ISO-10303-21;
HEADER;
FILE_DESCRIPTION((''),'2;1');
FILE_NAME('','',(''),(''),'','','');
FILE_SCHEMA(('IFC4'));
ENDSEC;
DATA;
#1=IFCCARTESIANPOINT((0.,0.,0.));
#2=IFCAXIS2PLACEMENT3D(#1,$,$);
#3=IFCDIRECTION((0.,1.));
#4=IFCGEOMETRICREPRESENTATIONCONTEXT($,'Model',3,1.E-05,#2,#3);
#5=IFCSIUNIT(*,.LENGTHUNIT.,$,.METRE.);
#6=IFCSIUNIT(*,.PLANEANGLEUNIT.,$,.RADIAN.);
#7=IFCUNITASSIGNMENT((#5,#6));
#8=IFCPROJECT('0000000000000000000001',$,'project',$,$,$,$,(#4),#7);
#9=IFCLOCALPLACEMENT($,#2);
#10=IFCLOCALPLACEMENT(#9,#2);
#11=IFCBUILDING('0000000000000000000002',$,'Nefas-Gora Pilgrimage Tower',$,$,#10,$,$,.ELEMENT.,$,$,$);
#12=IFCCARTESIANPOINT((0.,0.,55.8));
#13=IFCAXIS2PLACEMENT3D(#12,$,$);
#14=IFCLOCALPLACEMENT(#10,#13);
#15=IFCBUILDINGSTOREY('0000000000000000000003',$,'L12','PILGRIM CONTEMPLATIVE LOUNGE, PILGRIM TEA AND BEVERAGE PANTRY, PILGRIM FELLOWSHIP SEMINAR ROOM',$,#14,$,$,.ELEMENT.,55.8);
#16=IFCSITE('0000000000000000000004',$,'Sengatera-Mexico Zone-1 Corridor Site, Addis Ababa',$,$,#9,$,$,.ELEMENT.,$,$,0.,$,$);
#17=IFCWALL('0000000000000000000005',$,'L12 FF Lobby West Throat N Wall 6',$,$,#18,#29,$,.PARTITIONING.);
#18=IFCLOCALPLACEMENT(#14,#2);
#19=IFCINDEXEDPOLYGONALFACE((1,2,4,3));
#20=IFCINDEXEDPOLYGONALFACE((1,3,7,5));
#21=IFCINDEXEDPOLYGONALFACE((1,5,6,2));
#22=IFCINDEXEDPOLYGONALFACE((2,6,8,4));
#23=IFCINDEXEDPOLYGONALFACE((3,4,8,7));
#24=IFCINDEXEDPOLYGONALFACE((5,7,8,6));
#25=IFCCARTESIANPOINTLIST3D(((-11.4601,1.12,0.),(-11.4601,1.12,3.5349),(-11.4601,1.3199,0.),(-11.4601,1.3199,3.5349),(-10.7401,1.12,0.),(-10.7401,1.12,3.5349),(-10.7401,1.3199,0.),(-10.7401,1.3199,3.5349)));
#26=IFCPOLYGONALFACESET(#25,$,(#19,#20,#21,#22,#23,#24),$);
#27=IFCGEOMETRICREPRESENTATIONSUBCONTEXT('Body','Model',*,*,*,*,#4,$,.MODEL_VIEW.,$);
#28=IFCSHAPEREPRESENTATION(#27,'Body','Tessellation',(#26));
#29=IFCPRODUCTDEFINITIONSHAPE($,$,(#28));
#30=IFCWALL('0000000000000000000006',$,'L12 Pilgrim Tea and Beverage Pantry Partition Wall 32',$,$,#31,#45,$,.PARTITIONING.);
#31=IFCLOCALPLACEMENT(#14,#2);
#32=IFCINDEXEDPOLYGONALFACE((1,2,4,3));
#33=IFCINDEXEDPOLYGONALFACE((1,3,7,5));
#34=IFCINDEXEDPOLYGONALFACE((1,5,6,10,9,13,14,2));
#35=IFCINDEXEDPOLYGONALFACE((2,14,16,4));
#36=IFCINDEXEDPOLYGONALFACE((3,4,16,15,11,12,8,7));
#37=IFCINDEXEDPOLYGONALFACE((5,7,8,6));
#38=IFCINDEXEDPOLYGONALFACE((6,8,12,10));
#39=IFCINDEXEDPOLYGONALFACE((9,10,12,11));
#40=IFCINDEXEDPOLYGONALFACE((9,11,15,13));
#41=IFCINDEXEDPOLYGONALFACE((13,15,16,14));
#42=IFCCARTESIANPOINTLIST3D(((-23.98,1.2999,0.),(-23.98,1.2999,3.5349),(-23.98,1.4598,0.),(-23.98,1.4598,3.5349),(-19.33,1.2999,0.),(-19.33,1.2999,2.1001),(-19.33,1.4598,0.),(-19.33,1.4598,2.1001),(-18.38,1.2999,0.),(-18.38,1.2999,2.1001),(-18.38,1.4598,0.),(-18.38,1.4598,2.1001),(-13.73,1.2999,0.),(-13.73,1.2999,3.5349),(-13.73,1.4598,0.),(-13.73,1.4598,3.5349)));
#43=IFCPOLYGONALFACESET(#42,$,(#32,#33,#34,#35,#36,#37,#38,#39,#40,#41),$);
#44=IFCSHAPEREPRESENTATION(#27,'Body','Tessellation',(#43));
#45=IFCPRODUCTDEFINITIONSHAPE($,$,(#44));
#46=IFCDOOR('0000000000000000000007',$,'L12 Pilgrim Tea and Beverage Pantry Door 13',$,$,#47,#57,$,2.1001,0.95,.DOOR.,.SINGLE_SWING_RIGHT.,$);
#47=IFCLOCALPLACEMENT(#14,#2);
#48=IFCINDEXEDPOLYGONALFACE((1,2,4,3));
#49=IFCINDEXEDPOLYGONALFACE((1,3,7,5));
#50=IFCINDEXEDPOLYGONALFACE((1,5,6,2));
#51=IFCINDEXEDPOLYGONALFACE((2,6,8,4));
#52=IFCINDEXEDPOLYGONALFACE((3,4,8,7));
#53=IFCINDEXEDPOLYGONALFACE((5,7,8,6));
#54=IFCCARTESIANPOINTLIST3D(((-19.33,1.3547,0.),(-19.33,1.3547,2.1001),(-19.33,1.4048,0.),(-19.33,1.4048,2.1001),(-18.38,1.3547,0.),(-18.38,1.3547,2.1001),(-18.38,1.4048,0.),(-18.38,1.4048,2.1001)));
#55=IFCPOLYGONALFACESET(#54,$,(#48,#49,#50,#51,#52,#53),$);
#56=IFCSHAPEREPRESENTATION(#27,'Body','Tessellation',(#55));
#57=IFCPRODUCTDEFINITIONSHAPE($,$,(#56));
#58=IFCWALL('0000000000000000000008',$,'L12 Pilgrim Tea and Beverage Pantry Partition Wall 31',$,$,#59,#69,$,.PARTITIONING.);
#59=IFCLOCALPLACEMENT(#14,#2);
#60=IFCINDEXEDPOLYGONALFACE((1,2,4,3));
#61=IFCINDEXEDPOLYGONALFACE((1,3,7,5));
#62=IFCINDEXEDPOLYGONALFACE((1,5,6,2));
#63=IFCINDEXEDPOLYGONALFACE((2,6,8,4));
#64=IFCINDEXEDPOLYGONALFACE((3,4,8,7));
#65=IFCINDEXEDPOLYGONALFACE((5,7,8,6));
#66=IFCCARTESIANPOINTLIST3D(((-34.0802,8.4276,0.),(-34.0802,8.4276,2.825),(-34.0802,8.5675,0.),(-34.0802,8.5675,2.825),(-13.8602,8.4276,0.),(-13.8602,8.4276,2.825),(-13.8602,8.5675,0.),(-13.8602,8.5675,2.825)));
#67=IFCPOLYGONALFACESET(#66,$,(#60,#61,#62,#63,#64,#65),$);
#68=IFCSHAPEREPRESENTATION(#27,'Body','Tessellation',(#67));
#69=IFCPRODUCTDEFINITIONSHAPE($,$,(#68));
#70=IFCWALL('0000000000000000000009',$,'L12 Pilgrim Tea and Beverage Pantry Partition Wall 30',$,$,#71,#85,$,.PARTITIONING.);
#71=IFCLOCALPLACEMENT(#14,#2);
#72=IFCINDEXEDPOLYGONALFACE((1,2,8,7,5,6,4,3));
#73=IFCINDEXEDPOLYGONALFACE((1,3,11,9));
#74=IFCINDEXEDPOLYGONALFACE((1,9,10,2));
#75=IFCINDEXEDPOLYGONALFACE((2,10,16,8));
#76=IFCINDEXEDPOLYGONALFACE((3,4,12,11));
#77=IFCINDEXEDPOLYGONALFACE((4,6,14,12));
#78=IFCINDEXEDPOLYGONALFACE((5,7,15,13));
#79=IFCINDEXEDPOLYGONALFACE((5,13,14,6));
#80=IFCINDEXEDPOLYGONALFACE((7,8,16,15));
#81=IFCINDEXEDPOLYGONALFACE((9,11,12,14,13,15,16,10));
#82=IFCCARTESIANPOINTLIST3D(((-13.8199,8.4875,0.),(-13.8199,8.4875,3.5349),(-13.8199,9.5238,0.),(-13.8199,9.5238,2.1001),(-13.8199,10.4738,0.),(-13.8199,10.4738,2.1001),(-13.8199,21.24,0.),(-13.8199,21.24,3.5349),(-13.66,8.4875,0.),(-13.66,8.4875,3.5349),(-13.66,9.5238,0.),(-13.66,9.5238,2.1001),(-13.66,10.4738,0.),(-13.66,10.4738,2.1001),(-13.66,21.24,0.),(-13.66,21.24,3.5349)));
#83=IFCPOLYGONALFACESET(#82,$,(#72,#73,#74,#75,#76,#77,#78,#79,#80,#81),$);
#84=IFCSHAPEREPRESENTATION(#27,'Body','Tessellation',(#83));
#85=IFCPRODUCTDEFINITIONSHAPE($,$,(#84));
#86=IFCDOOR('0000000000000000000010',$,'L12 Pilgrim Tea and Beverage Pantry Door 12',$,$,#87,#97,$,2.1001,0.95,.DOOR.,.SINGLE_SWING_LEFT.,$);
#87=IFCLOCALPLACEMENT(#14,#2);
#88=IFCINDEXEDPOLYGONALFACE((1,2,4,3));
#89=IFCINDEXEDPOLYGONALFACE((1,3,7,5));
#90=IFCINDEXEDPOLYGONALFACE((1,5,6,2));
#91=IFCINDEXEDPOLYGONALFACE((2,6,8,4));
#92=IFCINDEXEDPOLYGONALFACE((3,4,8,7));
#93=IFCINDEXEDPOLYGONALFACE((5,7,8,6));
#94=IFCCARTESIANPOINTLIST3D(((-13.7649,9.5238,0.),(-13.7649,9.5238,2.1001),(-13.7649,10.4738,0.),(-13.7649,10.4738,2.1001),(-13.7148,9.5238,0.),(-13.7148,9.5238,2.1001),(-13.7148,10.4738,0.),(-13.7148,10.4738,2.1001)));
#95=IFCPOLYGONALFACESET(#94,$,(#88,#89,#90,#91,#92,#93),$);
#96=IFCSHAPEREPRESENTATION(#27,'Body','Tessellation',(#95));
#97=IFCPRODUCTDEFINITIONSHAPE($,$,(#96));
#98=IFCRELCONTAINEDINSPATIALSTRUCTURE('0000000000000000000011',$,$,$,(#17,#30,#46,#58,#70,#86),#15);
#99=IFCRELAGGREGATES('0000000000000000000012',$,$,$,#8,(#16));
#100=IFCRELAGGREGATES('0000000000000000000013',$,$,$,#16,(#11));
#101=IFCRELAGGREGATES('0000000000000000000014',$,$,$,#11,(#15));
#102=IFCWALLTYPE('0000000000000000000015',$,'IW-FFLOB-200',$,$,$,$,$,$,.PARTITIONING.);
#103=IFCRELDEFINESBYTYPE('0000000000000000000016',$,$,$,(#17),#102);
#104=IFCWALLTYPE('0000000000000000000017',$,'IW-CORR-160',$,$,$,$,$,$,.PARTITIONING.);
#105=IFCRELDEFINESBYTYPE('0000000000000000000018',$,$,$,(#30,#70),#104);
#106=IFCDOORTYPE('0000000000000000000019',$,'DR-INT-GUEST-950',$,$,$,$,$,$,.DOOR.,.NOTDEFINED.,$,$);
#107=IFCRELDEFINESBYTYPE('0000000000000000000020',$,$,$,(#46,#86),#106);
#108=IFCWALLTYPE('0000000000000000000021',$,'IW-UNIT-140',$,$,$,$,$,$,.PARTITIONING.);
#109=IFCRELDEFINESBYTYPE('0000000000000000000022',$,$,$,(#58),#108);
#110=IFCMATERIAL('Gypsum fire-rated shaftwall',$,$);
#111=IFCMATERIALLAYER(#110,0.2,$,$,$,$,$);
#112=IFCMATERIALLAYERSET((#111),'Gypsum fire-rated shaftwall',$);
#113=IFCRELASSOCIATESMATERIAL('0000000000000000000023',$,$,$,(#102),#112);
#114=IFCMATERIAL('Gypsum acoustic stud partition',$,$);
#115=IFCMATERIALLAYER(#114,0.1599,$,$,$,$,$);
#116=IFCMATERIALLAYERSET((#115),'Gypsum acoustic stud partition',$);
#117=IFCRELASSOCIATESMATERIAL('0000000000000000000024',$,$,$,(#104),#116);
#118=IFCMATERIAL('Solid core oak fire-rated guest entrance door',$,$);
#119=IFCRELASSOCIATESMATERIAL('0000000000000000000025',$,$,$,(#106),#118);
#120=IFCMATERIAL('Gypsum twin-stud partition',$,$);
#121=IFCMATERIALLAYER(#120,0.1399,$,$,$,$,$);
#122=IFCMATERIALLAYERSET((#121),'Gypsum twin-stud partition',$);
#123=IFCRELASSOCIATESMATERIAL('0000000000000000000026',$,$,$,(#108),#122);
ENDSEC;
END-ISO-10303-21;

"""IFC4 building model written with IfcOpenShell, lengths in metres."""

from ifc_helpers import new_model, si_unit, direction, frame, frame_2d, origin, place, context, subcontext, project, spatial, rectangle, extrude, source, transform, mapped, material, layer, layer_set, type_object, element, fill, save


model = new_model("IFC4")

# Units and contexts
model_context = context("Model", 3, precision=1e-05, world=origin(), true_north=direction((0.0, 1.0)))
body_context = subcontext(model_context, "Body", "Model", "MODEL_VIEW")
ifc_project = project(units=[si_unit("LENGTHUNIT", "METRE"), si_unit("PLANEANGLEUNIT", "RADIAN")], contexts=[model_context])

# Site, building, storey
site_placement = place(None, origin())
site = spatial("IfcSite", under=ifc_project, at=site_placement, Name="Sengatera-Mexico Zone-1 Corridor Site, Addis Ababa", CompositionType="ELEMENT", RefElevation=0.0)
building_placement = place(site_placement, origin())
building = spatial("IfcBuilding", under=site, at=building_placement, Name="Nefas-Gora Pilgrimage Tower", CompositionType="ELEMENT")
storey_placement = place(building_placement, frame((0.0, 0.0, 55.8)))
storey = spatial("IfcBuildingStorey", under=building, at=storey_placement, Name="L12", Description="PILGRIM CONTEMPLATIVE LOUNGE, PILGRIM TEA AND BEVERAGE PANTRY, PILGRIM FELLOWSHIP SEMINAR ROOM", CompositionType="ELEMENT", Elevation=55.8)

# Wall
ifc_material_1 = material(Name="Gypsum fire-rated shaftwall")
ifc_layer_1 = layer(ifc_material_1, 0.2)
ifc_layer_set_1 = layer_set([ifc_layer_1], Name="Gypsum fire-rated shaftwall")
wall_type_1 = type_object("IfcWallType", Name="IW-FFLOB-200", PredefinedType="PARTITIONING", material=ifc_layer_set_1)
shared_shape_1 = source(origin(), body_context, "Body", "SweptSolid", [
    extrude(rectangle(XDim=0.72, YDim=0.2, at=frame_2d((0.3599, 0.0))), origin(), (0.0, 0.0, 1.0), 3.5349),
])
wall_1_placement = place(storey_placement, frame((-11.46, 1.22, 0.0), z_axis=(0.0, 0.0, 1.0), x_axis=(1.0, 0.0, 0.0)))
element("IfcWall", 1, at=wall_1_placement, inside=storey, type_object=wall_type_1, Name="L12 FF Lobby West Throat N Wall 6", PredefinedType="PARTITIONING", context=body_context, shape_type="MappedRepresentation", body=[
    mapped(shared_shape_1, transform((0.0, 0.0, 0.0), x_axis=(1.0, 0.0, 0.0), y_axis=(0.0, 1.0, 0.0), z_axis=(0.0, 0.0, 1.0), scale=1.0)),
])

# Wall, opening, door
ifc_material_2 = material(Name="Gypsum acoustic stud partition")
ifc_layer_2 = layer(ifc_material_2, 0.1599)
ifc_layer_set_2 = layer_set([ifc_layer_2], Name="Gypsum acoustic stud partition")
wall_type_2 = type_object("IfcWallType", Name="IW-CORR-160", PredefinedType="PARTITIONING", material=ifc_layer_set_2)
shared_shape_2 = source(origin(), body_context, "Body", "SweptSolid", [
    extrude(rectangle(XDim=10.25, YDim=0.1599, at=frame_2d((5.125, 0.0))), origin(), (0.0, 0.0, 1.0), 3.5349),
])
wall_2_placement = place(storey_placement, frame((-23.98, 1.3799, 0.0), z_axis=(0.0, 0.0, 1.0), x_axis=(1.0, 0.0, 0.0)))
wall_2 = element("IfcWall", 2, at=wall_2_placement, inside=storey, type_object=wall_type_2, Name="L12 Pilgrim Tea and Beverage Pantry Partition Wall 32", PredefinedType="PARTITIONING", context=body_context, shape_type="MappedRepresentation", body=[
    mapped(shared_shape_2, transform((0.0, 0.0, 0.0), x_axis=(1.0, 0.0, 0.0), y_axis=(0.0, 1.0, 0.0), z_axis=(0.0, 0.0, 1.0), scale=1.0)),
])
opening_1_placement = place(wall_2_placement, frame((4.6499, 0.0, 0.0)))
opening_1 = element("IfcOpeningElement", 3, at=opening_1_placement, cuts=wall_2, PredefinedType="OPENING", context=body_context, shape_type="SweptSolid", body=[
    extrude(rectangle(XDim=0.95, YDim=2.1001, at=frame_2d((0.4751, 1.05))), frame((0.0, 0.0898, 0.0), z_axis=(0.0, -1.0, 0.0), x_axis=(1.0, 0.0, 0.0)), (0.0, 0.0, 1.0), 0.1799),
])
ifc_material_3 = material(Name="Solid core oak fire-rated guest entrance door")
door_type = type_object("IfcDoorType", Name="DR-INT-GUEST-950", OperationType="NOTDEFINED", PredefinedType="DOOR", material=ifc_material_3)
shared_shape_3 = source(origin(), body_context, "Body", "SweptSolid", [
    extrude(rectangle(XDim=0.95, YDim=2.1001, at=frame_2d((0.4751, 1.05))), frame((0.0, 0.0249, 0.0), z_axis=(0.0, -1.0, 0.0), x_axis=(1.0, 0.0, 0.0)), (0.0, 0.0, 1.0), 0.05),
])
door_1_placement = place(opening_1_placement, origin())
door_1 = element("IfcDoor", 4, at=door_1_placement, inside=storey, type_object=door_type, Name="L12 Pilgrim Tea and Beverage Pantry Door 13", OperationType="SINGLE_SWING_RIGHT", OverallHeight=2.1001, OverallWidth=0.95, PredefinedType="DOOR", context=body_context, shape_type="MappedRepresentation", body=[
    mapped(shared_shape_3, transform((0.0, 0.0, 0.0), x_axis=(1.0, 0.0, 0.0), y_axis=(0.0, 1.0, 0.0), z_axis=(0.0, 0.0, 1.0), scale=1.0)),
])
fill(opening_1, door_1)

# Wall
ifc_material_4 = material(Name="Gypsum twin-stud partition")
ifc_layer_3 = layer(ifc_material_4, 0.1399)
ifc_layer_set_3 = layer_set([ifc_layer_3], Name="Gypsum twin-stud partition")
wall_type_3 = type_object("IfcWallType", Name="IW-UNIT-140", PredefinedType="PARTITIONING", material=ifc_layer_set_3)
shared_shape_4 = source(origin(), body_context, "Body", "SweptSolid", [
    extrude(rectangle(XDim=20.22, YDim=0.1399, at=frame_2d((10.1099, 0.0))), origin(), (0.0, 0.0, 1.0), 2.825),
])
wall_3_placement = place(storey_placement, frame((-34.0801, 8.4976, 0.0), z_axis=(0.0, 0.0, 1.0), x_axis=(1.0, 0.0, 0.0)))
element("IfcWall", 5, at=wall_3_placement, inside=storey, type_object=wall_type_3, Name="L12 Pilgrim Tea and Beverage Pantry Partition Wall 31", PredefinedType="PARTITIONING", context=body_context, shape_type="MappedRepresentation", body=[
    mapped(shared_shape_4, transform((0.0, 0.0, 0.0), x_axis=(1.0, 0.0, 0.0), y_axis=(0.0, 1.0, 0.0), z_axis=(0.0, 0.0, 1.0), scale=1.0)),
])

# Wall, opening, door
shared_shape_5 = source(origin(), body_context, "Body", "SweptSolid", [
    extrude(rectangle(XDim=12.7524, YDim=0.1599, at=frame_2d((6.3762, 0.0))), origin(), (0.0, 0.0, 1.0), 3.5349),
])
wall_4_placement = place(storey_placement, frame((-13.74, 8.4875, 0.0), z_axis=(0.0, 0.0, 1.0), x_axis=(0.0, 1.0, 0.0)))
wall_4 = element("IfcWall", 6, at=wall_4_placement, inside=storey, type_object=wall_type_2, Name="L12 Pilgrim Tea and Beverage Pantry Partition Wall 30", PredefinedType="PARTITIONING", context=body_context, shape_type="MappedRepresentation", body=[
    mapped(shared_shape_5, transform((0.0, 0.0, 0.0), x_axis=(1.0, 0.0, 0.0), y_axis=(0.0, 1.0, 0.0), z_axis=(0.0, 0.0, 1.0), scale=1.0)),
])
opening_2_placement = place(wall_4_placement, frame((1.0361, 0.0, 0.0)))
opening_2 = element("IfcOpeningElement", 7, at=opening_2_placement, cuts=wall_4, PredefinedType="OPENING", context=body_context, shape_type="SweptSolid", body=[
    extrude(rectangle(XDim=0.95, YDim=2.1001, at=frame_2d((0.4751, 1.05))), frame((0.0, 0.0898, 0.0), z_axis=(0.0, -1.0, 0.0), x_axis=(1.0, 0.0, 0.0)), (0.0, 0.0, 1.0), 0.1799),
])
door_2_placement = place(opening_2_placement, origin())
door_2 = element("IfcDoor", 8, at=door_2_placement, inside=storey, type_object=door_type, Name="L12 Pilgrim Tea and Beverage Pantry Door 12", OperationType="SINGLE_SWING_LEFT", OverallHeight=2.1001, OverallWidth=0.95, PredefinedType="DOOR", context=body_context, shape_type="MappedRepresentation", body=[
    mapped(shared_shape_3, transform((0.0, 0.0, 0.0), x_axis=(1.0, 0.0, 0.0), y_axis=(0.0, 1.0, 0.0), z_axis=(0.0, 0.0, 1.0), scale=1.0)),
])
fill(opening_2, door_2)

save(model, "model.ifc")
